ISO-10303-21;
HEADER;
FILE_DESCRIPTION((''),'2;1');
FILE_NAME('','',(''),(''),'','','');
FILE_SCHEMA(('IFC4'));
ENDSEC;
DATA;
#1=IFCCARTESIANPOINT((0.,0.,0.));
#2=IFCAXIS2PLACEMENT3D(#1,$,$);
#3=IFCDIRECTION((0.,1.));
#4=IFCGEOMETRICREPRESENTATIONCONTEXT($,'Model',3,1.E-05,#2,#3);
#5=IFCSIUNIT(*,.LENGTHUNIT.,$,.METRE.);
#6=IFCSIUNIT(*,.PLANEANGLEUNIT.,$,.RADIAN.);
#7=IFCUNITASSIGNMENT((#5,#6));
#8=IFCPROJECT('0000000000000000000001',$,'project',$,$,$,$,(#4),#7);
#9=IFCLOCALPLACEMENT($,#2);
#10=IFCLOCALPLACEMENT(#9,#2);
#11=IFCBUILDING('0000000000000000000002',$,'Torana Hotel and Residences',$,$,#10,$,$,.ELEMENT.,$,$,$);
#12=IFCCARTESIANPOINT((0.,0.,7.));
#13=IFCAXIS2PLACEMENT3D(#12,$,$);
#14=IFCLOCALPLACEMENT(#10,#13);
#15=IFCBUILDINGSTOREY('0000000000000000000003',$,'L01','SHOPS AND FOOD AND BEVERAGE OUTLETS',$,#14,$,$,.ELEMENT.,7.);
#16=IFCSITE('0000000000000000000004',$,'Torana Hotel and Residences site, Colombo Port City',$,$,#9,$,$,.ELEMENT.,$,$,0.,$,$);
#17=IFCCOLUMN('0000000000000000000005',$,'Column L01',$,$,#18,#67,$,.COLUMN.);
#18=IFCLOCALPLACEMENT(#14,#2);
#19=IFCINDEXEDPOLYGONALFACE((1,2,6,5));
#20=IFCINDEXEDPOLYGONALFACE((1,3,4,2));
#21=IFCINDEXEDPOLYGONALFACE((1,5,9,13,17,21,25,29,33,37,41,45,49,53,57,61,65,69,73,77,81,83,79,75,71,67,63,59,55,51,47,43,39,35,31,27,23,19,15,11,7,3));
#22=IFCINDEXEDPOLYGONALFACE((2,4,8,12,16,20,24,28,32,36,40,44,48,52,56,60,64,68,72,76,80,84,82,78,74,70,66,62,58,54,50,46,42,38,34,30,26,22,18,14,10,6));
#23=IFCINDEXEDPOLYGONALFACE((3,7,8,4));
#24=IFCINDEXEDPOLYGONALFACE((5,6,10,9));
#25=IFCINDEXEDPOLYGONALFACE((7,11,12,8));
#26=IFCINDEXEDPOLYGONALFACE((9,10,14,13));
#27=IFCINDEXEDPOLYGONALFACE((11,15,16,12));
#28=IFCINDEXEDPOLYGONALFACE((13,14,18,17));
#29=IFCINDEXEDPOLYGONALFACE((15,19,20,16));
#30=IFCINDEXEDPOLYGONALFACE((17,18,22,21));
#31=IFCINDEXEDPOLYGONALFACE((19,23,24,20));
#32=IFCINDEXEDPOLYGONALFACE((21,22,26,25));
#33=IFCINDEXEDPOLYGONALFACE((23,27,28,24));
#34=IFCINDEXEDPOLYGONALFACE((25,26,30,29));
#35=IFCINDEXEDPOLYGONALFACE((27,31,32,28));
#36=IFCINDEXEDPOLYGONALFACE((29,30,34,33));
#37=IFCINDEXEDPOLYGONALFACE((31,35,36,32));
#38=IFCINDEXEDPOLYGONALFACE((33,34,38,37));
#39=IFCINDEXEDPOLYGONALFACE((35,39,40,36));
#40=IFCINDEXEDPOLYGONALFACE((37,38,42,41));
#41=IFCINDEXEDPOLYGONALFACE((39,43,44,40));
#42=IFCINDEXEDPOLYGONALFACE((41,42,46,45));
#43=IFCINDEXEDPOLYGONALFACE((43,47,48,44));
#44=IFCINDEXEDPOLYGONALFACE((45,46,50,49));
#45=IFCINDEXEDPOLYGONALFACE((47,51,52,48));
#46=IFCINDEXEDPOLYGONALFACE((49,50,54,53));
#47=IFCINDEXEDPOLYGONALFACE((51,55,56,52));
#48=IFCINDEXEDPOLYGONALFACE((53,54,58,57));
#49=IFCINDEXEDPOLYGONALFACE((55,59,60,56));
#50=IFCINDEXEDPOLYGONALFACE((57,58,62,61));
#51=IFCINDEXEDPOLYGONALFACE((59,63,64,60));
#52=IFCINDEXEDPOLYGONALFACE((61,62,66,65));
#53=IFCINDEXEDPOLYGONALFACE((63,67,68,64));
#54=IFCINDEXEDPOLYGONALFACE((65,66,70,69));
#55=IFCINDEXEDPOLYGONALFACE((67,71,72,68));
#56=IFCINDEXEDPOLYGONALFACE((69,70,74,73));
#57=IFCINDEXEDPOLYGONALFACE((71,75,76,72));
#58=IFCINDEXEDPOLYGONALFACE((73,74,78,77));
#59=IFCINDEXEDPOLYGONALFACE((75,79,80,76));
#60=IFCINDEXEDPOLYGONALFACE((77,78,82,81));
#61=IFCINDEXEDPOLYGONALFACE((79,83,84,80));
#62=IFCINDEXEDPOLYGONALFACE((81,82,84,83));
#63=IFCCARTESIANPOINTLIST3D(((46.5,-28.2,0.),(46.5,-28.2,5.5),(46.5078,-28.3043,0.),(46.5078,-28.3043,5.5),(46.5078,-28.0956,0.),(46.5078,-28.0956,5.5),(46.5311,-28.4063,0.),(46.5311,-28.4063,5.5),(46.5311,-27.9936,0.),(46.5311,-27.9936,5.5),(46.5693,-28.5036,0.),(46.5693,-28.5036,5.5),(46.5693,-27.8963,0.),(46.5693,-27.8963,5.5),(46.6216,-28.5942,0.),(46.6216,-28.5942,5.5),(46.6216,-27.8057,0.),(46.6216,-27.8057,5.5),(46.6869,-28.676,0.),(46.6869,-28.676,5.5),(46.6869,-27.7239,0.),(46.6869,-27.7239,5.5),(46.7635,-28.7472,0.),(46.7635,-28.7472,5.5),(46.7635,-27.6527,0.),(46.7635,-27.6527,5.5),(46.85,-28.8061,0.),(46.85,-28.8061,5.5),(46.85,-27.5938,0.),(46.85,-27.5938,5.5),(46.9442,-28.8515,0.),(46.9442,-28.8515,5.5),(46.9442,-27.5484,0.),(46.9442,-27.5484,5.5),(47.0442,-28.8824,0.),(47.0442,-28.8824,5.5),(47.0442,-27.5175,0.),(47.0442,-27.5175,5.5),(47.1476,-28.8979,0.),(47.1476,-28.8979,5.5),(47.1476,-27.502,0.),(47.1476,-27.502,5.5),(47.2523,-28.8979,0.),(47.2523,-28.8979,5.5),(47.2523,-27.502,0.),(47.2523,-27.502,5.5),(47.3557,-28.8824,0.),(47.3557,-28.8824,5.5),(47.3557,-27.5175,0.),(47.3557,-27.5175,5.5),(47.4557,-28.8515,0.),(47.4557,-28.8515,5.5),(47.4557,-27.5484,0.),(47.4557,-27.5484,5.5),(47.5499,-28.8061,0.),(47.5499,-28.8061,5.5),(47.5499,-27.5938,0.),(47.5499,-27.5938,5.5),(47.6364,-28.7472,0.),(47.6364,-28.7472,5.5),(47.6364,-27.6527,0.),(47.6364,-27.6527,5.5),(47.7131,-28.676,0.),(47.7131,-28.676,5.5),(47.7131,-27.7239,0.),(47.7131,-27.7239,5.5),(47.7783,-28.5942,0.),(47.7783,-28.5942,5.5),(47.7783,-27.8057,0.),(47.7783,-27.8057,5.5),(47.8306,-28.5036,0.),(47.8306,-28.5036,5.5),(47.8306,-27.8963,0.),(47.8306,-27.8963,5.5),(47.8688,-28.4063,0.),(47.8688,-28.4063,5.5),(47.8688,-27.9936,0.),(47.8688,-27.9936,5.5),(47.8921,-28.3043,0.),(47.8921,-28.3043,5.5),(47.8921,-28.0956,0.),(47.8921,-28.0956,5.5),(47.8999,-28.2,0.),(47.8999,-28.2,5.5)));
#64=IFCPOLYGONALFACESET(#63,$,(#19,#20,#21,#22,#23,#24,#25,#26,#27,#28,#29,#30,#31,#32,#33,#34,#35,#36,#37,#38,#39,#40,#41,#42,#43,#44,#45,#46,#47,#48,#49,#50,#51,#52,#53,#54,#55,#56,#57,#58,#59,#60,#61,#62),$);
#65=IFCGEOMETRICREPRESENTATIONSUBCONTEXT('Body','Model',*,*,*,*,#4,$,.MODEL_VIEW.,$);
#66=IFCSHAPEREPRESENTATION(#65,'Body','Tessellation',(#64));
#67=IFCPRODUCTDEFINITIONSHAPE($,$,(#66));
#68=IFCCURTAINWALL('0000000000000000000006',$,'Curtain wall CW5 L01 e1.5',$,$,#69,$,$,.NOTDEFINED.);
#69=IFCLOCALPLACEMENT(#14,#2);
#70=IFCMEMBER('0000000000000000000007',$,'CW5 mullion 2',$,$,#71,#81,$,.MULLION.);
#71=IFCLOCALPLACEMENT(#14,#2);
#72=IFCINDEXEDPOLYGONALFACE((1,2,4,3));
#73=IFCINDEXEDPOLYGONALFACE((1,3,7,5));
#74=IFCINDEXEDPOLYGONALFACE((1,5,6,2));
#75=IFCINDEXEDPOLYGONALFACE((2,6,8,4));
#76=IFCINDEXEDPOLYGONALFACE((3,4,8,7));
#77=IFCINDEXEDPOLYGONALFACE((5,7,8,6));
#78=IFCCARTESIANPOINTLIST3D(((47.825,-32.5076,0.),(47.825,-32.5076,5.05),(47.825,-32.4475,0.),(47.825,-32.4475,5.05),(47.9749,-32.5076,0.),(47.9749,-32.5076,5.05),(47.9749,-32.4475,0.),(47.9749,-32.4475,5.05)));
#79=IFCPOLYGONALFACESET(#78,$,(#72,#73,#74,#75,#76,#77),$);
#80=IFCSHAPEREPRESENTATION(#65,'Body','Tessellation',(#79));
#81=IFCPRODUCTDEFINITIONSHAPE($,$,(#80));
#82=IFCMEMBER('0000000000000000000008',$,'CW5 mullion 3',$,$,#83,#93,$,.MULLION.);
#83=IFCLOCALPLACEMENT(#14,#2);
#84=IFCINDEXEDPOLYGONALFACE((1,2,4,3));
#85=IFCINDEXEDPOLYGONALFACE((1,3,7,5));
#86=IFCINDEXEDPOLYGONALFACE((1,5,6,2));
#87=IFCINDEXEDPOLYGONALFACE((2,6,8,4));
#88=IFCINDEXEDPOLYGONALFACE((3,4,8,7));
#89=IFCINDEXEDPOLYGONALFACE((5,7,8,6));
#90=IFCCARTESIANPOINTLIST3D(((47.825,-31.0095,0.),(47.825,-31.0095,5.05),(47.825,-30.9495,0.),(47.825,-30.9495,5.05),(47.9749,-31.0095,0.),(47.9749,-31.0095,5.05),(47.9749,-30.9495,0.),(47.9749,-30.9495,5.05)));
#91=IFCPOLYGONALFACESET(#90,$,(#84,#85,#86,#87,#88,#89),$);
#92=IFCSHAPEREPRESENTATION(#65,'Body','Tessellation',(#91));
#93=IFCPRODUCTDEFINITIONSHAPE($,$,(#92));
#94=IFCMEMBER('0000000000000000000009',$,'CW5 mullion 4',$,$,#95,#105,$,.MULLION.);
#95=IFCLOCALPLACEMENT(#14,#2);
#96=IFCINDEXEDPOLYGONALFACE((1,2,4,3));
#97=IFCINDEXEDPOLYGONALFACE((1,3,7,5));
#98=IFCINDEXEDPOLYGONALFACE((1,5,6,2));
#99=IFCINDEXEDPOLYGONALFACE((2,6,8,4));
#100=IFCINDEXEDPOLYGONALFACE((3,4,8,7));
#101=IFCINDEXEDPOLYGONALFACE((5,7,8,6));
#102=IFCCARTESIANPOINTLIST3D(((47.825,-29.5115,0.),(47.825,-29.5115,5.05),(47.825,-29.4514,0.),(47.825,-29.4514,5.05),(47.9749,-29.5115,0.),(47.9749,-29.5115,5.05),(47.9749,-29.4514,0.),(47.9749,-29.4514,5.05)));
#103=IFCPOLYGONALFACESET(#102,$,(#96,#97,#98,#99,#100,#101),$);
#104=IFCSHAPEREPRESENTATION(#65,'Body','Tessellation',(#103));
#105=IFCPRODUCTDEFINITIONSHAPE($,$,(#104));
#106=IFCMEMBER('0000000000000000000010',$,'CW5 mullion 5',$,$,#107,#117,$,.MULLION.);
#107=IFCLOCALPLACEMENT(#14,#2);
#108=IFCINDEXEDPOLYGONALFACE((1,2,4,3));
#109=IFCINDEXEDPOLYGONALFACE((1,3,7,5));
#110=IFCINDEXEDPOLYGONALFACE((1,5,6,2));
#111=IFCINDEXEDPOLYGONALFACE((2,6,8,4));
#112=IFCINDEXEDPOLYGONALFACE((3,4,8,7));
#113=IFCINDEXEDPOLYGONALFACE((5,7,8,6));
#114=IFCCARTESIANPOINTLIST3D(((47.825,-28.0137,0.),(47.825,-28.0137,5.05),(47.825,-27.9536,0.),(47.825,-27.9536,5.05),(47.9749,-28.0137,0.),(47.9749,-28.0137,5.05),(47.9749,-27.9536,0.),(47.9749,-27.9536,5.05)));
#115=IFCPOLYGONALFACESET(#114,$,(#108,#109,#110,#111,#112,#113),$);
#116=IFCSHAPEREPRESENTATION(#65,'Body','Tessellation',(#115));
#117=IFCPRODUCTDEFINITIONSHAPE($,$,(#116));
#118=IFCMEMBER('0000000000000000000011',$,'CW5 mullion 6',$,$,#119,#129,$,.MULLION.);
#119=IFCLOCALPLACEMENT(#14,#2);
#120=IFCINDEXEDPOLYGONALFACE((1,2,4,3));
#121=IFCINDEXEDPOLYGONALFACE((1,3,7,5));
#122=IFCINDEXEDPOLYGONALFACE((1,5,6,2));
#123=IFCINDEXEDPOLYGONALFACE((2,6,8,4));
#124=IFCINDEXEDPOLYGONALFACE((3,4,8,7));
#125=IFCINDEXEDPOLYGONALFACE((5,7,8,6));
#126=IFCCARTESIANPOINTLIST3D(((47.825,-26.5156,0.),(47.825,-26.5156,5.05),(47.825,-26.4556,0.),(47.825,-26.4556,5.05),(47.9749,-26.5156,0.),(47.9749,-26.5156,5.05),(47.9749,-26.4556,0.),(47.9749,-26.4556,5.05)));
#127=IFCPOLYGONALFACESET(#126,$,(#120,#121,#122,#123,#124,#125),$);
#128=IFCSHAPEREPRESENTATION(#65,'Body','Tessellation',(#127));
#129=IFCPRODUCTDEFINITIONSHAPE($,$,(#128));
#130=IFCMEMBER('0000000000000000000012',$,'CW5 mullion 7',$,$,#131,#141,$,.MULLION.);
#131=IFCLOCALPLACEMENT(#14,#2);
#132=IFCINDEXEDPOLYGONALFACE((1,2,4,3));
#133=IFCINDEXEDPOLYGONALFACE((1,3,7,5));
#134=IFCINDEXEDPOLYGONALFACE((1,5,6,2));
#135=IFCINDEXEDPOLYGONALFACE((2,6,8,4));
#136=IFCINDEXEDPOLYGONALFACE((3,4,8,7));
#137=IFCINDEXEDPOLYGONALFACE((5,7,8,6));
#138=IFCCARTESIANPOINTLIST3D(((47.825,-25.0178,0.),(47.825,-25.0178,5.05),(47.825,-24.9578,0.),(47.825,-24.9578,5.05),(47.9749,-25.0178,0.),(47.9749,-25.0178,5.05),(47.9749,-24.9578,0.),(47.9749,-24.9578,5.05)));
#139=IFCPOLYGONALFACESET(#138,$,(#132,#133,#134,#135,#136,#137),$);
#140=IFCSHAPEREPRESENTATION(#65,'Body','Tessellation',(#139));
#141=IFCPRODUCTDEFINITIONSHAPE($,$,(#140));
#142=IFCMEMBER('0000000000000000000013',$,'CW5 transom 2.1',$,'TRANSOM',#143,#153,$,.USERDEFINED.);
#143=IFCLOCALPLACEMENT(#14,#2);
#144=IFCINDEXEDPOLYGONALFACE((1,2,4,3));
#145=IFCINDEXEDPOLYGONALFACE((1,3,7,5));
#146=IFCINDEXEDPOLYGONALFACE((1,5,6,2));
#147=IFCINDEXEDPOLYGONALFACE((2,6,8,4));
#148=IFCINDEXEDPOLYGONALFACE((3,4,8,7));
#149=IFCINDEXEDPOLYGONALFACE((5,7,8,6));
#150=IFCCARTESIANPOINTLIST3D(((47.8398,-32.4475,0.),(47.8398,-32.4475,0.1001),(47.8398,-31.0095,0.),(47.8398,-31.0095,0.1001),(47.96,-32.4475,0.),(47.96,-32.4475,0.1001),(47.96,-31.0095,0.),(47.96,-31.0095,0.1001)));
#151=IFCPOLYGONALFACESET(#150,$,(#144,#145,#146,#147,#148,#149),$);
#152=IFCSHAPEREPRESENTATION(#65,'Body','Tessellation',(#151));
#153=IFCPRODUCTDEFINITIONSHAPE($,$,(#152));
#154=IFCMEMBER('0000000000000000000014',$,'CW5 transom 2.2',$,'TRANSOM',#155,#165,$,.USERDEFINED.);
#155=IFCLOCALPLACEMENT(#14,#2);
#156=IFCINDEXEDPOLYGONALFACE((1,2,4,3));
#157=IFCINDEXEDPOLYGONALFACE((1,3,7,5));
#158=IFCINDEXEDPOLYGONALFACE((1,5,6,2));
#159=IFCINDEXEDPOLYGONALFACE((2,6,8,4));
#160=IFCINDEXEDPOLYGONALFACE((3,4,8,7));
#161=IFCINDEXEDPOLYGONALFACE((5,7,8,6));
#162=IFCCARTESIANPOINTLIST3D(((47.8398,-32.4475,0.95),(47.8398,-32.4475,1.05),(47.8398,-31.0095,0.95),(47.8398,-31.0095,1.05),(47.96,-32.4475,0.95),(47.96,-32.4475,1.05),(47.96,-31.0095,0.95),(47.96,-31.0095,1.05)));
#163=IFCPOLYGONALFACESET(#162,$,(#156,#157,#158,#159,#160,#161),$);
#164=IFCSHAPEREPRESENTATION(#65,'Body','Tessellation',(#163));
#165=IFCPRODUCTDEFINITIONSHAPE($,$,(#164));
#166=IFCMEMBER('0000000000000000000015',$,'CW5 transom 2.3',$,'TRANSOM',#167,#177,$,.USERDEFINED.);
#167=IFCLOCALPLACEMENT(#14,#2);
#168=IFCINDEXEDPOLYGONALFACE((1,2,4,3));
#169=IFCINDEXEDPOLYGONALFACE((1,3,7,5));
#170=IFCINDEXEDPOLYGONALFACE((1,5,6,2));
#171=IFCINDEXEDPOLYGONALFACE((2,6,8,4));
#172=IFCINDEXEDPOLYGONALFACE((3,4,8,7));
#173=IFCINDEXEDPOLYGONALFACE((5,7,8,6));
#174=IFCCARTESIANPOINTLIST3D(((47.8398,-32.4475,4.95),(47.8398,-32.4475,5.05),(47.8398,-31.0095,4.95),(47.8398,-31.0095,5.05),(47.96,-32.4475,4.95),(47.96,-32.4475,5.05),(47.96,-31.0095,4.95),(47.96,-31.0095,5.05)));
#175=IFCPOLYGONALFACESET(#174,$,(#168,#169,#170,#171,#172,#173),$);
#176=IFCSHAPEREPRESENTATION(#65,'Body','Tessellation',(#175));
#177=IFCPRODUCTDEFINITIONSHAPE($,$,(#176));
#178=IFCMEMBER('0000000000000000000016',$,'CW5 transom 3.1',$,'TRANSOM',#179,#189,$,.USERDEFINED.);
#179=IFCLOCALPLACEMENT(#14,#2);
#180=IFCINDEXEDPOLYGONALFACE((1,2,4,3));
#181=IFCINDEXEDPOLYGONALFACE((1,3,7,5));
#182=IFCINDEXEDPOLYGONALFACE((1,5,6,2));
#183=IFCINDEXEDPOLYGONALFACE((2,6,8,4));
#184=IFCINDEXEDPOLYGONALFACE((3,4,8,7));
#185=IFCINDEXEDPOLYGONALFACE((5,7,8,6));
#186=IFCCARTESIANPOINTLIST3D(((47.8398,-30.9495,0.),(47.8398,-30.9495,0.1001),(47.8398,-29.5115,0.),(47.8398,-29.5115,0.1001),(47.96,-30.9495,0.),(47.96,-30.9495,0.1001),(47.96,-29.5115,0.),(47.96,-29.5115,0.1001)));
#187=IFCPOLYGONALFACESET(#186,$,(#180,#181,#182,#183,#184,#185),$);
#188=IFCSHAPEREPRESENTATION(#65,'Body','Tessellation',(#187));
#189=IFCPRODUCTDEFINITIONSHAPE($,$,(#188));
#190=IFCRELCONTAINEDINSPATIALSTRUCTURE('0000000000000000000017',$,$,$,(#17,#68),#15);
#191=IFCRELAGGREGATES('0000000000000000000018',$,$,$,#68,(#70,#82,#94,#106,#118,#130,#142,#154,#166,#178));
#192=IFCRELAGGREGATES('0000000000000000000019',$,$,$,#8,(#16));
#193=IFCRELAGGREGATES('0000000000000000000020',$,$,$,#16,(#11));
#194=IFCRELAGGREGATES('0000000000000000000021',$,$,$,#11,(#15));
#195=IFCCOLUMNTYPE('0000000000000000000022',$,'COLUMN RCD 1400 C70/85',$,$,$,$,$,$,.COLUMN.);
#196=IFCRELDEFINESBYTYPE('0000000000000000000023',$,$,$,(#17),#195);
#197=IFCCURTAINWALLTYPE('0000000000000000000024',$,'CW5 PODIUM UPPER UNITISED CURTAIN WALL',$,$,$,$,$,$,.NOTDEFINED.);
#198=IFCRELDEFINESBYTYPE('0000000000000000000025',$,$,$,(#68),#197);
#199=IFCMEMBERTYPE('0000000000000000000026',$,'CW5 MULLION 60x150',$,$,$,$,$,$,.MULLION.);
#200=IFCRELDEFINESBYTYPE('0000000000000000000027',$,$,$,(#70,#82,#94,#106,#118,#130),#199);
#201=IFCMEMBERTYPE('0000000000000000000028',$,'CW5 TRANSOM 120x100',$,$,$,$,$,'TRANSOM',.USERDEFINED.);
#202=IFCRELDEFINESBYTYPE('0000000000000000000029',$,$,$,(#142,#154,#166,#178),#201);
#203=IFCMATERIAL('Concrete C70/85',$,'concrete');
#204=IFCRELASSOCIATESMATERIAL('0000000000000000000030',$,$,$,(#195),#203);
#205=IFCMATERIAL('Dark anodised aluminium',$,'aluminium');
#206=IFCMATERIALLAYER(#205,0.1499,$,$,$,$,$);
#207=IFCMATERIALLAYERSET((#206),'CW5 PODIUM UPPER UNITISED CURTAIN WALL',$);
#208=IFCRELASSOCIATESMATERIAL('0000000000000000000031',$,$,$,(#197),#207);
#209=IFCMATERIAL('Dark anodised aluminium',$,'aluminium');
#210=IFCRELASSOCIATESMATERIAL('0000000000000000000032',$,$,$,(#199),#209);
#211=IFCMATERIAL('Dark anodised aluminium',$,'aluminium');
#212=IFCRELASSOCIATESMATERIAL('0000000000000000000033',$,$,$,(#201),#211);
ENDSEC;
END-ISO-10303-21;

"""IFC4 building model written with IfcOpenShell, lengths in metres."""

from ifc_helpers import new_model, si_unit, direction, frame, origin, origin_2d, place, context, subcontext, project, spatial, rectangle, circle, extrude, material, layer, layer_set, material_profile, profile_set, type_object, element, aggregate, save


model = new_model("IFC4")

# Units and contexts
model_context = context("Model", 3, precision=1e-05, world=origin(), true_north=direction((0.0, 1.0)))
body_context = subcontext(model_context, "Body", "Model", "MODEL_VIEW")
ifc_project = project(units=[si_unit("LENGTHUNIT", "METRE"), si_unit("PLANEANGLEUNIT", "RADIAN")], contexts=[model_context])

# Site, building, storey
site_placement = place(None, origin())
site = spatial("IfcSite", under=ifc_project, at=site_placement, Name="Torana Hotel and Residences site, Colombo Port City", CompositionType="ELEMENT", RefElevation=0.0)
building_placement = place(site_placement, origin())
building = spatial("IfcBuilding", under=site, at=building_placement, Name="Torana Hotel and Residences", CompositionType="ELEMENT")
storey_placement = place(building_placement, frame((0.0, 0.0, 7.0)))
storey = spatial("IfcBuildingStorey", under=building, at=storey_placement, Name="L01", Description="SHOPS AND FOOD AND BEVERAGE OUTLETS", CompositionType="ELEMENT", Elevation=7.0)

# Column
ifc_material_1 = material(Name="Concrete C70/85", Category="concrete")
ifc_material_profile_1 = material_profile(ifc_material_1, circle(Radius=0.7, at=origin_2d()), Name="RCD 1400")
ifc_profile_set_1 = profile_set([ifc_material_profile_1], Name="Concrete C70/85")
column_type = type_object("IfcColumnType", Name="COLUMN RCD 1400 C70/85", PredefinedType="COLUMN", material=ifc_profile_set_1)
column_placement = place(storey_placement, frame((47.2, -28.2, 0.0), z_axis=(0.0, 0.0, 1.0), x_axis=(1.0, 0.0, 0.0)))
element("IfcColumn", 1, at=column_placement, inside=storey, type_object=column_type, Name="Column L01", PredefinedType="COLUMN", context=body_context, shape_type="SweptSolid", body=[
    extrude(circle(Radius=0.7, at=origin_2d()), origin(), (0.0, 0.0, 1.0), 5.5),
])

# Curtain wall, members
ifc_material_2 = material(Name="Dark anodised aluminium", Category="aluminium")
ifc_layer_1 = layer(ifc_material_2, 0.1499)
ifc_layer_set_1 = layer_set([ifc_layer_1], Name="CW5 PODIUM UPPER UNITISED CURTAIN WALL")
curtain_wall_type = type_object("IfcCurtainWallType", Name="CW5 PODIUM UPPER UNITISED CURTAIN WALL", PredefinedType="NOTDEFINED", material=ifc_layer_set_1)
curtain_wall_placement = place(storey_placement, origin())
curtain_wall = element("IfcCurtainWall", 2, at=curtain_wall_placement, inside=storey, type_object=curtain_wall_type, Name="Curtain wall CW5 L01 e1.5", PredefinedType="NOTDEFINED")
ifc_material_3 = material(Name="Dark anodised aluminium", Category="aluminium")
ifc_material_profile_2 = material_profile(ifc_material_3, rectangle(XDim=0.1499, YDim=0.0601, at=origin_2d()), Name="CW5 MULLION 60x150")
ifc_profile_set_2 = profile_set([ifc_material_profile_2], Name="Dark anodised aluminium")
member_type_1 = type_object("IfcMemberType", Name="CW5 MULLION 60x150", PredefinedType="MULLION", material=ifc_profile_set_2)
member_1_placement = place(storey_placement, frame((47.8999, -32.4775, 0.0), z_axis=(0.0, 0.0, 1.0), x_axis=(-1.0, 0.0, 0.0)))
member_1 = element("IfcMember", 3, at=member_1_placement, type_object=member_type_1, Name="CW5 mullion 2", PredefinedType="MULLION", context=body_context, shape_type="SweptSolid", body=[
    extrude(rectangle(XDim=0.1499, YDim=0.0601, at=origin_2d()), origin(), (0.0, 0.0, 1.0), 5.05),
])
member_2_placement = place(storey_placement, frame((47.8999, -30.9795, 0.0), z_axis=(0.0, 0.0, 1.0), x_axis=(-1.0, 0.0, 0.0)))
member_2 = element("IfcMember", 4, at=member_2_placement, type_object=member_type_1, Name="CW5 mullion 3", PredefinedType="MULLION", context=body_context, shape_type="SweptSolid", body=[
    extrude(rectangle(XDim=0.1499, YDim=0.0601, at=origin_2d()), origin(), (0.0, 0.0, 1.0), 5.05),
])
member_3_placement = place(storey_placement, frame((47.8999, -29.4814, 0.0), z_axis=(0.0, 0.0, 1.0), x_axis=(-1.0, 0.0, 0.0)))
member_3 = element("IfcMember", 5, at=member_3_placement, type_object=member_type_1, Name="CW5 mullion 4", PredefinedType="MULLION", context=body_context, shape_type="SweptSolid", body=[
    extrude(rectangle(XDim=0.1499, YDim=0.0601, at=origin_2d()), origin(), (0.0, 0.0, 1.0), 5.05),
])
member_4_placement = place(storey_placement, frame((47.8999, -27.9836, 0.0), z_axis=(0.0, 0.0, 1.0), x_axis=(-1.0, 0.0, 0.0)))
member_4 = element("IfcMember", 6, at=member_4_placement, type_object=member_type_1, Name="CW5 mullion 5", PredefinedType="MULLION", context=body_context, shape_type="SweptSolid", body=[
    extrude(rectangle(XDim=0.1499, YDim=0.0601, at=origin_2d()), origin(), (0.0, 0.0, 1.0), 5.05),
])
member_5_placement = place(storey_placement, frame((47.8999, -26.4856, 0.0), z_axis=(0.0, 0.0, 1.0), x_axis=(-1.0, 0.0, 0.0)))
member_5 = element("IfcMember", 7, at=member_5_placement, type_object=member_type_1, Name="CW5 mullion 6", PredefinedType="MULLION", context=body_context, shape_type="SweptSolid", body=[
    extrude(rectangle(XDim=0.1499, YDim=0.0601, at=origin_2d()), origin(), (0.0, 0.0, 1.0), 5.05),
])
member_6_placement = place(storey_placement, frame((47.8999, -24.9878, 0.0), z_axis=(0.0, 0.0, 1.0), x_axis=(-1.0, 0.0, 0.0)))
member_6 = element("IfcMember", 8, at=member_6_placement, type_object=member_type_1, Name="CW5 mullion 7", PredefinedType="MULLION", context=body_context, shape_type="SweptSolid", body=[
    extrude(rectangle(XDim=0.1499, YDim=0.0601, at=origin_2d()), origin(), (0.0, 0.0, 1.0), 5.05),
])
ifc_material_4 = material(Name="Dark anodised aluminium", Category="aluminium")
ifc_material_profile_3 = material_profile(ifc_material_4, rectangle(XDim=0.1201, YDim=0.1001, at=origin_2d()), Name="CW5 TRANSOM 120x100")
ifc_profile_set_3 = profile_set([ifc_material_profile_3], Name="Dark anodised aluminium")
member_type_2 = type_object("IfcMemberType", Name="CW5 TRANSOM 120x100", ElementType="TRANSOM", PredefinedType="USERDEFINED", material=ifc_profile_set_3)
member_7_placement = place(storey_placement, frame((47.8999, -32.4475, 0.05), z_axis=(0.0, 1.0, 0.0), x_axis=(-1.0, 0.0, 0.0)))
member_7 = element("IfcMember", 9, at=member_7_placement, type_object=member_type_2, Name="CW5 transom 2.1", ObjectType="TRANSOM", PredefinedType="USERDEFINED", context=body_context, shape_type="SweptSolid", body=[
    extrude(rectangle(XDim=0.1201, YDim=0.1001, at=origin_2d()), origin(), (0.0, 0.0, 1.0), 1.438),
])
member_8_placement = place(storey_placement, frame((47.8999, -32.4475, 1.0), z_axis=(0.0, 1.0, 0.0), x_axis=(-1.0, 0.0, 0.0)))
member_8 = element("IfcMember", 10, at=member_8_placement, type_object=member_type_2, Name="CW5 transom 2.2", ObjectType="TRANSOM", PredefinedType="USERDEFINED", context=body_context, shape_type="SweptSolid", body=[
    extrude(rectangle(XDim=0.1201, YDim=0.1001, at=origin_2d()), origin(), (0.0, 0.0, 1.0), 1.438),
])
member_9_placement = place(storey_placement, frame((47.8999, -32.4475, 5.0), z_axis=(0.0, 1.0, 0.0), x_axis=(-1.0, 0.0, 0.0)))
member_9 = element("IfcMember", 11, at=member_9_placement, type_object=member_type_2, Name="CW5 transom 2.3", ObjectType="TRANSOM", PredefinedType="USERDEFINED", context=body_context, shape_type="SweptSolid", body=[
    extrude(rectangle(XDim=0.1201, YDim=0.1001, at=origin_2d()), origin(), (0.0, 0.0, 1.0), 1.438),
])
member_10_placement = place(storey_placement, frame((47.8999, -30.9495, 0.05), z_axis=(0.0, 1.0, 0.0), x_axis=(-1.0, 0.0, 0.0)))
member_10 = element("IfcMember", 12, at=member_10_placement, type_object=member_type_2, Name="CW5 transom 3.1", ObjectType="TRANSOM", PredefinedType="USERDEFINED", context=body_context, shape_type="SweptSolid", body=[
    extrude(rectangle(XDim=0.1201, YDim=0.1001, at=origin_2d()), origin(), (0.0, 0.0, 1.0), 1.438),
])
aggregate(curtain_wall, [member_1, member_2, member_3, member_4, member_5, member_6, member_7, member_8, member_9, member_10])

save(model, "model.ifc")
